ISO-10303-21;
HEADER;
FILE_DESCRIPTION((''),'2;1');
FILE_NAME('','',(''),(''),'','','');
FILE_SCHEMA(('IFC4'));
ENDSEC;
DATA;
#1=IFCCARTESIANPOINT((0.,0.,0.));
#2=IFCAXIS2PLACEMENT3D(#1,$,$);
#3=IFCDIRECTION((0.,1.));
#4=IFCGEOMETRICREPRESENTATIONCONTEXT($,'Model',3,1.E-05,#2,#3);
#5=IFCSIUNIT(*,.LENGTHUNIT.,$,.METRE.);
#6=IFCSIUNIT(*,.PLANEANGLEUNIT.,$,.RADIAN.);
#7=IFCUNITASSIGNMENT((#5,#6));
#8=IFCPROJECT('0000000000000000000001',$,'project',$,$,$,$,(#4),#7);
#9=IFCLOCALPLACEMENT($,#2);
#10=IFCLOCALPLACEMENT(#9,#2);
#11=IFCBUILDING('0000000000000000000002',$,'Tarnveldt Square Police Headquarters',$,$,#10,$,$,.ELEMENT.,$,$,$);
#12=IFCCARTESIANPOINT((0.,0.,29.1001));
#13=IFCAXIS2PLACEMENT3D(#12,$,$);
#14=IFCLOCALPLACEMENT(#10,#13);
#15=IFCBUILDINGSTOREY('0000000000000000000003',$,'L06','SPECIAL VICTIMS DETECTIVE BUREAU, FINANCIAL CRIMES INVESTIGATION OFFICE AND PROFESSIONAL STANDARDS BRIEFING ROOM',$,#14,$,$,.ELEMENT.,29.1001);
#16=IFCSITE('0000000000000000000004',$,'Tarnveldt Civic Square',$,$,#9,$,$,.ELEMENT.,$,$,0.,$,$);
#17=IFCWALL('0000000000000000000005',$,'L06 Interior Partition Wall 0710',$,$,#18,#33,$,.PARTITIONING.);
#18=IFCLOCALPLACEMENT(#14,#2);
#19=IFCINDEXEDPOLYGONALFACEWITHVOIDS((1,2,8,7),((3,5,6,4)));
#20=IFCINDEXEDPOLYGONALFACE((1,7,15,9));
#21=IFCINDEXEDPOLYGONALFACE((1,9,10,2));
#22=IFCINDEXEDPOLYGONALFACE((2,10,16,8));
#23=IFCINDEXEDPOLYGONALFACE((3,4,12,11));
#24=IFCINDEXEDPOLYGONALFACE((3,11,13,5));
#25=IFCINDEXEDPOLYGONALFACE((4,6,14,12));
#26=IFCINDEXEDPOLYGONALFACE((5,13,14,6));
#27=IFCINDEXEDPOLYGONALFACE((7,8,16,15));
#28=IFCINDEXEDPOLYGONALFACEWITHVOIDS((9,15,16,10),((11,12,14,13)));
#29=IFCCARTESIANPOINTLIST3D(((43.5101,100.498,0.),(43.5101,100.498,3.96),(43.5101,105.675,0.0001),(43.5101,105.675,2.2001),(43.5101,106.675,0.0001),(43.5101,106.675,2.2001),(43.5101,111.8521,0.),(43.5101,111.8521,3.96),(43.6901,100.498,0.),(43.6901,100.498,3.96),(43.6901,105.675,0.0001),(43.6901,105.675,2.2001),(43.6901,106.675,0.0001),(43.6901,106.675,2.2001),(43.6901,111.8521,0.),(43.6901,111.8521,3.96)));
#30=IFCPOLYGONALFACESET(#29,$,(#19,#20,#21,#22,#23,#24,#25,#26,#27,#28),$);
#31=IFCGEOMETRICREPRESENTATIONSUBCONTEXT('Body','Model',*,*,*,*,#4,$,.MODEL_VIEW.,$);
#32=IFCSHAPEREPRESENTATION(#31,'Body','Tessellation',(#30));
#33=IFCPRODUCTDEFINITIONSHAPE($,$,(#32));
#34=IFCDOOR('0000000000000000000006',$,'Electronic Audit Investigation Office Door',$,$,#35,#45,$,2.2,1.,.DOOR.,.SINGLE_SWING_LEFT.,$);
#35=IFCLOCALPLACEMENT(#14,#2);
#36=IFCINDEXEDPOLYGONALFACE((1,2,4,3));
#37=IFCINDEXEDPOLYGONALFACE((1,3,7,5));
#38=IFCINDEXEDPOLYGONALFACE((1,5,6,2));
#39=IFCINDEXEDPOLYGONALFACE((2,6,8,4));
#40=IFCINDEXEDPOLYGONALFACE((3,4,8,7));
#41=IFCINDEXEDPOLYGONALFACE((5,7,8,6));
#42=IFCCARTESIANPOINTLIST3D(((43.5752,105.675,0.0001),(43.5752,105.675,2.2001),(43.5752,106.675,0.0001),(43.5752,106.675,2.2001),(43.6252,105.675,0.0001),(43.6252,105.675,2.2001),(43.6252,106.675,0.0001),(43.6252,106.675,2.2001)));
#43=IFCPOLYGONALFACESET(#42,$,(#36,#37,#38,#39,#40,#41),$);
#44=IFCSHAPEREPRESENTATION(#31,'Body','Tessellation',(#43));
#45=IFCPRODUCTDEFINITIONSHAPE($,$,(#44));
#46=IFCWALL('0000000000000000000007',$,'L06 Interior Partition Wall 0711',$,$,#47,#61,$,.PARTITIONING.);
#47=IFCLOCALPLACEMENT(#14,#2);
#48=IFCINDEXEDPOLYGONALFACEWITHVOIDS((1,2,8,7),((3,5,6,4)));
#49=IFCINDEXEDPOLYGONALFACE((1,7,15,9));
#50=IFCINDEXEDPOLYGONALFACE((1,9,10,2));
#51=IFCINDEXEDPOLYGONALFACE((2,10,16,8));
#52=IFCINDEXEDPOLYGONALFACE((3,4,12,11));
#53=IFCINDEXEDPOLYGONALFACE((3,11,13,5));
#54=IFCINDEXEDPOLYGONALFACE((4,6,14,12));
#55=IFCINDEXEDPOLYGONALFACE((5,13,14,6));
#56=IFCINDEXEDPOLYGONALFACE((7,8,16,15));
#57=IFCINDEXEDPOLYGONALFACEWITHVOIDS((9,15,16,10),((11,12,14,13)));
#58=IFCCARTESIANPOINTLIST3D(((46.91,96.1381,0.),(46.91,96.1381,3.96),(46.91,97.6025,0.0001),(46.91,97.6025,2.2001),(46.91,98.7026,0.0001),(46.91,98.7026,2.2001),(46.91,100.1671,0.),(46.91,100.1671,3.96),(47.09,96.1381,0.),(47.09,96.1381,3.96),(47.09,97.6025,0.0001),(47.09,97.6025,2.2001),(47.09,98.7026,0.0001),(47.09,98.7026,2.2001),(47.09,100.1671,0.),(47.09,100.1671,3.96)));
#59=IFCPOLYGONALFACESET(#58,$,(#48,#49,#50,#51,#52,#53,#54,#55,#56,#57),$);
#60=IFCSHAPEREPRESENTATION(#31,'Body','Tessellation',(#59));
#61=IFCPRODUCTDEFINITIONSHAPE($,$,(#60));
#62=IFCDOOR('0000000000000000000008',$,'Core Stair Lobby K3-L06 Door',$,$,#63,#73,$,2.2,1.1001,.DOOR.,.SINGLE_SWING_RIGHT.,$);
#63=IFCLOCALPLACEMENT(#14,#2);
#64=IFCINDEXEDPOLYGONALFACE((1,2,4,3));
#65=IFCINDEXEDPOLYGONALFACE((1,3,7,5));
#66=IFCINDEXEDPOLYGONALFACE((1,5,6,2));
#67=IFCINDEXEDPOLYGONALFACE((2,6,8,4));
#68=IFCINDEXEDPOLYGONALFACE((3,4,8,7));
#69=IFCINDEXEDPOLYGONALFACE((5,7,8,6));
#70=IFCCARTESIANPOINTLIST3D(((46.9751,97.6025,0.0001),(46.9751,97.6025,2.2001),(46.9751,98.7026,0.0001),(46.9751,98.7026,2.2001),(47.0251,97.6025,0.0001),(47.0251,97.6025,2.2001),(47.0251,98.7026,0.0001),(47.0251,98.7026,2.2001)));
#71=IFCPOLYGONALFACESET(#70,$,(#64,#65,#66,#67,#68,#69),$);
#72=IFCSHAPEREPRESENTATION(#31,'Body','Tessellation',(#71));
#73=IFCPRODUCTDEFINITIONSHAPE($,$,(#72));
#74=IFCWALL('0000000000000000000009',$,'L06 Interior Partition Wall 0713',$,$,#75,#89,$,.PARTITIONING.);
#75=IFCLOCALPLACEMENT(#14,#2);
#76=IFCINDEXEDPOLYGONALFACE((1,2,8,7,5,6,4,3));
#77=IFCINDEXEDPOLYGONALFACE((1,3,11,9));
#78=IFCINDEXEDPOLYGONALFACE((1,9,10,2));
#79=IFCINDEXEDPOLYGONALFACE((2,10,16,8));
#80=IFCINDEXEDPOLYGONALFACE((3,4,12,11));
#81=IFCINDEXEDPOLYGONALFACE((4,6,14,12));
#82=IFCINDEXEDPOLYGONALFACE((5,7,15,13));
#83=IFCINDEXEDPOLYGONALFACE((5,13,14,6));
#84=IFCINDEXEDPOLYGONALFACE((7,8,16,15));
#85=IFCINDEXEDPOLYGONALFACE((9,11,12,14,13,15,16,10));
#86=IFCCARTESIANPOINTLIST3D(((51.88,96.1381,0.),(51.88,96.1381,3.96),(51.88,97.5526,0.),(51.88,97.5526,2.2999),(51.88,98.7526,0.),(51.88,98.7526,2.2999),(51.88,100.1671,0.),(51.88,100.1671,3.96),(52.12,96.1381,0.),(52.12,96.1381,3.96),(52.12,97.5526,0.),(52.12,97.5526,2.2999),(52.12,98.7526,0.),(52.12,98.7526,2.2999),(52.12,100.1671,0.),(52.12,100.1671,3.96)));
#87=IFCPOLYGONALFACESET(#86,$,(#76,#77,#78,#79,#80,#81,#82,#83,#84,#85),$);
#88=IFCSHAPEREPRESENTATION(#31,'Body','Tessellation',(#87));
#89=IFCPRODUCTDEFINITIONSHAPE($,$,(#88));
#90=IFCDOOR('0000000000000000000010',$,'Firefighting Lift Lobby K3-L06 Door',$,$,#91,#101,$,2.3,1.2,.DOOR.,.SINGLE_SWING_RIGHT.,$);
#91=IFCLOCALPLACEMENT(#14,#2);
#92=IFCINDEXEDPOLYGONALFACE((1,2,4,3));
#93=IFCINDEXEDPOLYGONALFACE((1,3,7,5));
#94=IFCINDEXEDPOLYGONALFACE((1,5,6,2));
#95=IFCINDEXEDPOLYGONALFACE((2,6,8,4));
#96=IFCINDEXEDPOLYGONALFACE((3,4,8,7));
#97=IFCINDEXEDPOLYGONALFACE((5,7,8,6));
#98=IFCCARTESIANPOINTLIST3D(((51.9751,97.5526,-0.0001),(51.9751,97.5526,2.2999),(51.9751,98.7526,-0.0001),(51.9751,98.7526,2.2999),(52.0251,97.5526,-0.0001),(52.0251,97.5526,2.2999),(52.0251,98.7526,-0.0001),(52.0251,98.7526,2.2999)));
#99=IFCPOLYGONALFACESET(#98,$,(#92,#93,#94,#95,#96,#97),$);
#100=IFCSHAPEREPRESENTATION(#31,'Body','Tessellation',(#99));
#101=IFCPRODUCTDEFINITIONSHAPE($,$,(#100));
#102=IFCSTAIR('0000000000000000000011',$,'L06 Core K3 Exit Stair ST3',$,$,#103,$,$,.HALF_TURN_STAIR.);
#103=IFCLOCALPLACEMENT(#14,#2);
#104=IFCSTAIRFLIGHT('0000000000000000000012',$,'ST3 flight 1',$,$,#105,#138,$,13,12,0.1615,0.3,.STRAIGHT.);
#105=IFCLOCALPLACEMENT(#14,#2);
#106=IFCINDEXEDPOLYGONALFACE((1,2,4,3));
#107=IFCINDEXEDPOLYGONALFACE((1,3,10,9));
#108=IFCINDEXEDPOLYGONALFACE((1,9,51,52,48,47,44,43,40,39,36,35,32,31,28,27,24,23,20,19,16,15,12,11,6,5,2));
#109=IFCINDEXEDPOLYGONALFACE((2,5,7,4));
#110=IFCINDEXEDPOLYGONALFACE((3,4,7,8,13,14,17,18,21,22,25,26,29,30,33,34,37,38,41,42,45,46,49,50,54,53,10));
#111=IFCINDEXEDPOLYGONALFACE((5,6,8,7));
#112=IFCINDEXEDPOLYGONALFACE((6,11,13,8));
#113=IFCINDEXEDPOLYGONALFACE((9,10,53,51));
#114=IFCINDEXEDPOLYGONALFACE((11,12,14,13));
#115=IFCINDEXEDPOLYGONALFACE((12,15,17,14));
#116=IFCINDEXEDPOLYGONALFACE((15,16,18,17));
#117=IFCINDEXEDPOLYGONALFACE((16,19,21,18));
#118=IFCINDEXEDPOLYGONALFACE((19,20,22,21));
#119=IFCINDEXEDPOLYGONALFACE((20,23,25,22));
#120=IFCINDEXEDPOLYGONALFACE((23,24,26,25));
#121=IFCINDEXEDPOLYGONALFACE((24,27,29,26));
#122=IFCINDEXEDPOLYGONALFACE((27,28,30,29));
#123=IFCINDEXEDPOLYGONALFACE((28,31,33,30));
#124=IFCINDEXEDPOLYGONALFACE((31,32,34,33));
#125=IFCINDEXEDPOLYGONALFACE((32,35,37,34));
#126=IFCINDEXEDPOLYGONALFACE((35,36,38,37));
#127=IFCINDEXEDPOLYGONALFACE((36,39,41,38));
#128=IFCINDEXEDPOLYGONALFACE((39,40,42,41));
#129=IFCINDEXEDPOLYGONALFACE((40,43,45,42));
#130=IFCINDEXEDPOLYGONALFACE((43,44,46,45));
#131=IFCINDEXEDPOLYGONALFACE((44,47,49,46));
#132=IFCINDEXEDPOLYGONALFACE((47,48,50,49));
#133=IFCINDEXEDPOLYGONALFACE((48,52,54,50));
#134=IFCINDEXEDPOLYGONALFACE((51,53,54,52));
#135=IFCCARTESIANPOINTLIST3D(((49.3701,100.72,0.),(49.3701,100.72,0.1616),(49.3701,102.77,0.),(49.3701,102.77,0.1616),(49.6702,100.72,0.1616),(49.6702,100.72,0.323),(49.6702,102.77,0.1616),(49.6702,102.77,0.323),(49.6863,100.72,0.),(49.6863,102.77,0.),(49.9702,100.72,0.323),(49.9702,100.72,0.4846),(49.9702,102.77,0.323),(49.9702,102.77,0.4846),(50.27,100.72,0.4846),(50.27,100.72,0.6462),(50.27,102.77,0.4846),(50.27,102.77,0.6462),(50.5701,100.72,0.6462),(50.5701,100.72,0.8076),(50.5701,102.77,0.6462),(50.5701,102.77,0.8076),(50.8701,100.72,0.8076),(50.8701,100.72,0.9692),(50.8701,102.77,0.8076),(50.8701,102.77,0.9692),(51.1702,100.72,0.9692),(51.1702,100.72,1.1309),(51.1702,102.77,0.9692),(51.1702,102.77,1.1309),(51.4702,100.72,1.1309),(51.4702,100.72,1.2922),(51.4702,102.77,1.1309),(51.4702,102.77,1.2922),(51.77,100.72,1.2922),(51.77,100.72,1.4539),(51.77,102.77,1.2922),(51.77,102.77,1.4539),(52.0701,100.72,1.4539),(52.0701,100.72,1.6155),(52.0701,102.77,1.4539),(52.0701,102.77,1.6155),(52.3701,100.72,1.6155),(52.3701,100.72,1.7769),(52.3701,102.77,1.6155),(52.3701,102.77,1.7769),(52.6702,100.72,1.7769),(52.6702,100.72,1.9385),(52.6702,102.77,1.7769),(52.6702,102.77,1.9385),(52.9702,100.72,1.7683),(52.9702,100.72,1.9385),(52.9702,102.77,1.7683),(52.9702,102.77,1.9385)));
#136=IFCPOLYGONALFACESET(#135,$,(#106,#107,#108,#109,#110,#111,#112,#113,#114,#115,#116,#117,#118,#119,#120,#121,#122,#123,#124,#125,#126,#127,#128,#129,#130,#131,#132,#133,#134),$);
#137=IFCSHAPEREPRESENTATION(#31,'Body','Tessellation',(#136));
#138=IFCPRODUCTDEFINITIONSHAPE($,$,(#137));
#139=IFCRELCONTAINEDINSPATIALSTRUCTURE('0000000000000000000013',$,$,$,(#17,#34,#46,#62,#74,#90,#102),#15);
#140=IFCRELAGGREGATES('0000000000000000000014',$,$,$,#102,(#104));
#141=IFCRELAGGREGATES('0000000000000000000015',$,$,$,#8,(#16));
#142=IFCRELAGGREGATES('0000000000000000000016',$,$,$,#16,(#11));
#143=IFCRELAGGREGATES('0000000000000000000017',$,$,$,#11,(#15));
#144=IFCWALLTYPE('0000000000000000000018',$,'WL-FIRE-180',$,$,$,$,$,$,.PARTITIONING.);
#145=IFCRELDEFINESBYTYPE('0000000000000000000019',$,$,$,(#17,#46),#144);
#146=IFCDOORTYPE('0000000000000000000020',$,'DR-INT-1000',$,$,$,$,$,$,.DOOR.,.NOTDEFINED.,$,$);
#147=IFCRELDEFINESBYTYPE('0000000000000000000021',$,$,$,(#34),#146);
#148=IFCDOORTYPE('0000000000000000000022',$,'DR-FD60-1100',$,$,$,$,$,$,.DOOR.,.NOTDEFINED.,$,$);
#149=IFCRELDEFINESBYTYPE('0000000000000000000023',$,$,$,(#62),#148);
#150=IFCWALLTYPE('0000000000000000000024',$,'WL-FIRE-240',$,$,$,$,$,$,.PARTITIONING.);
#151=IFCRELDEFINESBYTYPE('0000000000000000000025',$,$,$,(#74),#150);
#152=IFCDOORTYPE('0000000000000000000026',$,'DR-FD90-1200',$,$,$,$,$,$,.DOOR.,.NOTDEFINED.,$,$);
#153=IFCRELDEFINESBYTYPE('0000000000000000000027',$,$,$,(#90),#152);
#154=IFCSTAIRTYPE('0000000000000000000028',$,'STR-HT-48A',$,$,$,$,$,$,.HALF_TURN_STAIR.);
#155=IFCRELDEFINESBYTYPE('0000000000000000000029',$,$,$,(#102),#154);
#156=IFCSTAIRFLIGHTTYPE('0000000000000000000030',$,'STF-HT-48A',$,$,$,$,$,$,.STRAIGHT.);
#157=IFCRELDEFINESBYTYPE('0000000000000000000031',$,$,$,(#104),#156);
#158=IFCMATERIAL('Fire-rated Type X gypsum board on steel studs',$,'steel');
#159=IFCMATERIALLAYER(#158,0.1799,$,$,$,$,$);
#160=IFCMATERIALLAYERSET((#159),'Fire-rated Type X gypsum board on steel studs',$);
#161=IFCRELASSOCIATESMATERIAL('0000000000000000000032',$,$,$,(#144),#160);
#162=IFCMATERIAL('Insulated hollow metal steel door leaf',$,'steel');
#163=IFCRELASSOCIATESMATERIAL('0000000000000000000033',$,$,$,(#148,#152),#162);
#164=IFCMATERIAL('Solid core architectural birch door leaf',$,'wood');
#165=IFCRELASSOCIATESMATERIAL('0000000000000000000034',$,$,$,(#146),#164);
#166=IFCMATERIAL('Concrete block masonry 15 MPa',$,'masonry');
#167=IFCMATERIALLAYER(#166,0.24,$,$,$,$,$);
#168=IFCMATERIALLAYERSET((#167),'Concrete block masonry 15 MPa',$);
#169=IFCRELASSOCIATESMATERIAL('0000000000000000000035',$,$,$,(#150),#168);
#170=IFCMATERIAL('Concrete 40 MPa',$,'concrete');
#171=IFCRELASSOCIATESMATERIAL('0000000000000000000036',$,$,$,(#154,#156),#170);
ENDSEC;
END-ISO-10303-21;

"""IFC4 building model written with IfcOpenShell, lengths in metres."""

from ifc_helpers import new_model, si_unit, direction, frame, frame_2d, origin, place, context, subcontext, project, spatial, polyline, rectangle, outline, extrude, material, layer, layer_set, type_object, element, fill, aggregate, save


model = new_model("IFC4")

# Units and contexts
model_context = context("Model", 3, precision=1e-05, world=origin(), true_north=direction((0.0, 1.0)))
body_context = subcontext(model_context, "Body", "Model", "MODEL_VIEW")
ifc_project = project(units=[si_unit("LENGTHUNIT", "METRE"), si_unit("PLANEANGLEUNIT", "RADIAN")], contexts=[model_context])

# Site, building, storey
site_placement = place(None, origin())
site = spatial("IfcSite", under=ifc_project, at=site_placement, Name="Tarnveldt Civic Square", CompositionType="ELEMENT", RefElevation=0.0)
building_placement = place(site_placement, origin())
building = spatial("IfcBuilding", under=site, at=building_placement, Name="Tarnveldt Square Police Headquarters", CompositionType="ELEMENT")
storey_placement = place(building_placement, frame((0.0, 0.0, 29.1001)))
storey = spatial("IfcBuildingStorey", under=building, at=storey_placement, Name="L06", Description="SPECIAL VICTIMS DETECTIVE BUREAU, FINANCIAL CRIMES INVESTIGATION OFFICE AND PROFESSIONAL STANDARDS BRIEFING ROOM", CompositionType="ELEMENT", Elevation=29.1001)

# Shared definitions
ifc_material_1 = material(Name="Concrete 40 MPa", Category="concrete")

# Shared definitions
ifc_material_2 = material(Name="Insulated hollow metal steel door leaf", Category="steel")

# Walls, openings, doors
ifc_material_3 = material(Name="Fire-rated Type X gypsum board on steel studs", Category="steel")
ifc_layer_1 = layer(ifc_material_3, 0.1799)
ifc_layer_set_1 = layer_set([ifc_layer_1], Name="Fire-rated Type X gypsum board on steel studs")
wall_type_1 = type_object("IfcWallType", Name="WL-FIRE-180", PredefinedType="PARTITIONING", material=ifc_layer_set_1)
door_type_1 = type_object("IfcDoorType", Name="DR-FD60-1100", OperationType="NOTDEFINED", PredefinedType="DOOR", material=ifc_material_2)
wall_1_placement = place(storey_placement, frame((43.6001, 100.498, 0.0), z_axis=(0.0, 0.0, 1.0), x_axis=(0.0, 1.0, 0.0)))
wall_1 = element("IfcWall", 1, at=wall_1_placement, inside=storey, type_object=wall_type_1, Name="L06 Interior Partition Wall 0710", PredefinedType="PARTITIONING", context=body_context, shape_type="SweptSolid", body=[
    extrude(rectangle(XDim=11.354, YDim=0.1799, at=frame_2d((5.677, 0.0))), origin(), (0.0, 0.0, 1.0), 3.96),
])
opening_1_placement = place(wall_1_placement, frame((5.177, 0.0, 0.0)))
opening_1 = element("IfcOpeningElement", 2, at=opening_1_placement, cuts=wall_1, PredefinedType="OPENING", context=body_context, shape_type="SweptSolid", body=[
    extrude(rectangle(XDim=1.0, YDim=2.2, at=frame_2d((0.5, 1.1001))), frame((0.0, 0.0999, 0.0), z_axis=(0.0, -1.0, 0.0), x_axis=(1.0, 0.0, 0.0)), (0.0, 0.0, 1.0), 0.2),
])
ifc_material_4 = material(Name="Solid core architectural birch door leaf", Category="wood")
door_type_2 = type_object("IfcDoorType", Name="DR-INT-1000", OperationType="NOTDEFINED", PredefinedType="DOOR", material=ifc_material_4)
door_1_placement = place(opening_1_placement, origin())
door_1 = element("IfcDoor", 3, at=door_1_placement, inside=storey, type_object=door_type_2, Name="Electronic Audit Investigation Office Door", OperationType="SINGLE_SWING_LEFT", OverallHeight=2.2, OverallWidth=1.0, PredefinedType="DOOR", context=body_context, shape_type="SweptSolid", body=[
    extrude(rectangle(XDim=1.0, YDim=2.2, at=frame_2d((0.5, 1.1001))), frame((0.0, 0.0249, 0.0), z_axis=(0.0, -1.0, 0.0), x_axis=(1.0, 0.0, 0.0)), (0.0, 0.0, 1.0), 0.05),
])
fill(opening_1, door_1)
wall_2_placement = place(storey_placement, frame((47.0, 96.1379, 0.0), z_axis=(0.0, 0.0, 1.0), x_axis=(0.0, 1.0, 0.0)))
wall_2 = element("IfcWall", 4, at=wall_2_placement, inside=storey, type_object=wall_type_1, Name="L06 Interior Partition Wall 0711", PredefinedType="PARTITIONING", context=body_context, shape_type="SweptSolid", body=[
    extrude(rectangle(XDim=4.0291, YDim=0.1799, at=frame_2d((2.0146, 0.0))), origin(), (0.0, 0.0, 1.0), 3.96),
])
opening_2_placement = place(wall_2_placement, frame((1.4646, 0.0, 0.0)))
opening_2 = element("IfcOpeningElement", 5, at=opening_2_placement, cuts=wall_2, PredefinedType="OPENING", context=body_context, shape_type="SweptSolid", body=[
    extrude(rectangle(XDim=1.1001, YDim=2.2, at=frame_2d((0.55, 1.1001))), frame((0.0, 0.0999, 0.0), z_axis=(0.0, -1.0, 0.0), x_axis=(1.0, 0.0, 0.0)), (0.0, 0.0, 1.0), 0.2),
])
door_2_placement = place(opening_2_placement, origin())
door_2 = element("IfcDoor", 6, at=door_2_placement, inside=storey, type_object=door_type_1, Name="Core Stair Lobby K3-L06 Door", OperationType="SINGLE_SWING_RIGHT", OverallHeight=2.2, OverallWidth=1.1001, PredefinedType="DOOR", context=body_context, shape_type="SweptSolid", body=[
    extrude(rectangle(XDim=1.1001, YDim=2.2, at=frame_2d((0.55, 1.1001))), frame((0.0, 0.0249, 0.0), z_axis=(0.0, -1.0, 0.0), x_axis=(1.0, 0.0, 0.0)), (0.0, 0.0, 1.0), 0.05),
])
fill(opening_2, door_2)
ifc_material_5 = material(Name="Concrete block masonry 15 MPa", Category="masonry")
ifc_layer_2 = layer(ifc_material_5, 0.24)
ifc_layer_set_2 = layer_set([ifc_layer_2], Name="Concrete block masonry 15 MPa")
wall_type_2 = type_object("IfcWallType", Name="WL-FIRE-240", PredefinedType="PARTITIONING", material=ifc_layer_set_2)
wall_3_placement = place(storey_placement, frame((52.0, 96.1379, 0.0), z_axis=(0.0, 0.0, 1.0), x_axis=(0.0, 1.0, 0.0)))
wall_3 = element("IfcWall", 7, at=wall_3_placement, inside=storey, type_object=wall_type_2, Name="L06 Interior Partition Wall 0713", PredefinedType="PARTITIONING", context=body_context, shape_type="SweptSolid", body=[
    extrude(rectangle(XDim=4.0291, YDim=0.24, at=frame_2d((2.0146, 0.0))), origin(), (0.0, 0.0, 1.0), 3.96),
])
opening_3_placement = place(wall_3_placement, frame((1.4146, 0.0, 0.0)))
opening_3 = element("IfcOpeningElement", 8, at=opening_3_placement, cuts=wall_3, PredefinedType="OPENING", context=body_context, shape_type="SweptSolid", body=[
    extrude(rectangle(XDim=1.2, YDim=2.3, at=frame_2d((0.6001, 1.1499))), frame((0.0, 0.1299, 0.0), z_axis=(0.0, -1.0, 0.0), x_axis=(1.0, 0.0, 0.0)), (0.0, 0.0, 1.0), 0.26),
])
door_type_3 = type_object("IfcDoorType", Name="DR-FD90-1200", OperationType="NOTDEFINED", PredefinedType="DOOR", material=ifc_material_2)
door_3_placement = place(opening_3_placement, origin())
door_3 = element("IfcDoor", 9, at=door_3_placement, inside=storey, type_object=door_type_3, Name="Firefighting Lift Lobby K3-L06 Door", OperationType="SINGLE_SWING_RIGHT", OverallHeight=2.3, OverallWidth=1.2, PredefinedType="DOOR", context=body_context, shape_type="SweptSolid", body=[
    extrude(rectangle(XDim=1.2, YDim=2.3, at=frame_2d((0.6001, 1.1499))), frame((0.0, 0.0249, 0.0), z_axis=(0.0, -1.0, 0.0), x_axis=(1.0, 0.0, 0.0)), (0.0, 0.0, 1.0), 0.05),
])
fill(opening_3, door_3)

# Stair, stair flight
stair_type = type_object("IfcStairType", Name="STR-HT-48A", PredefinedType="HALF_TURN_STAIR", material=ifc_material_1)
stair_placement = place(storey_placement, origin())
stair = element("IfcStair", 10, at=stair_placement, inside=storey, type_object=stair_type, Name="L06 Core K3 Exit Stair ST3", PredefinedType="HALF_TURN_STAIR")
stair_flight_type = type_object("IfcStairFlightType", Name="STF-HT-48A", PredefinedType="STRAIGHT", material=ifc_material_1)
stair_flight_placement = place(storey_placement, frame((49.3701, 101.7451, 0.0), z_axis=(0.0, 0.0, 1.0), x_axis=(1.0, 0.0, 0.0)))
stair_flight = element("IfcStairFlight", 11, at=stair_flight_placement, type_object=stair_flight_type, Name="ST3 flight 1", NumberOfRisers=13, NumberOfTreads=12, PredefinedType="STRAIGHT", RiserHeight=0.1615, TreadLength=0.3, context=body_context, shape_type="SweptSolid", body=[
    extrude(outline(polyline([(0.0, 0.0), (0.0, 0.1616), (0.3, 0.1616), (0.3, 0.323), (0.6001, 0.323), (0.6001, 0.4846), (0.8999, 0.4846), (0.8999, 0.6462), (1.2, 0.6462), (1.2, 0.8076), (1.5, 0.8076), (1.5, 0.9692), (1.8, 0.9692), (1.8, 1.1309), (2.1001, 1.1309), (2.1001, 1.2922), (2.3999, 1.2922), (2.3999, 1.4539), (2.7, 1.4539), (2.7, 1.6155), (3.0, 1.6155), (3.0, 1.7769), (3.3, 1.7769), (3.3, 1.9385), (3.6001, 1.9385), (3.6001, 2.1001), (3.6001, 1.7683), (0.3162, 0.0), (0.0, 0.0)])), frame((0.0, 1.0249, 0.0), z_axis=(0.0, -1.0, 0.0), x_axis=(1.0, 0.0, 0.0)), (0.0, 0.0, 1.0), 2.05),
])
aggregate(stair, [stair_flight])

save(model, "model.ifc")
